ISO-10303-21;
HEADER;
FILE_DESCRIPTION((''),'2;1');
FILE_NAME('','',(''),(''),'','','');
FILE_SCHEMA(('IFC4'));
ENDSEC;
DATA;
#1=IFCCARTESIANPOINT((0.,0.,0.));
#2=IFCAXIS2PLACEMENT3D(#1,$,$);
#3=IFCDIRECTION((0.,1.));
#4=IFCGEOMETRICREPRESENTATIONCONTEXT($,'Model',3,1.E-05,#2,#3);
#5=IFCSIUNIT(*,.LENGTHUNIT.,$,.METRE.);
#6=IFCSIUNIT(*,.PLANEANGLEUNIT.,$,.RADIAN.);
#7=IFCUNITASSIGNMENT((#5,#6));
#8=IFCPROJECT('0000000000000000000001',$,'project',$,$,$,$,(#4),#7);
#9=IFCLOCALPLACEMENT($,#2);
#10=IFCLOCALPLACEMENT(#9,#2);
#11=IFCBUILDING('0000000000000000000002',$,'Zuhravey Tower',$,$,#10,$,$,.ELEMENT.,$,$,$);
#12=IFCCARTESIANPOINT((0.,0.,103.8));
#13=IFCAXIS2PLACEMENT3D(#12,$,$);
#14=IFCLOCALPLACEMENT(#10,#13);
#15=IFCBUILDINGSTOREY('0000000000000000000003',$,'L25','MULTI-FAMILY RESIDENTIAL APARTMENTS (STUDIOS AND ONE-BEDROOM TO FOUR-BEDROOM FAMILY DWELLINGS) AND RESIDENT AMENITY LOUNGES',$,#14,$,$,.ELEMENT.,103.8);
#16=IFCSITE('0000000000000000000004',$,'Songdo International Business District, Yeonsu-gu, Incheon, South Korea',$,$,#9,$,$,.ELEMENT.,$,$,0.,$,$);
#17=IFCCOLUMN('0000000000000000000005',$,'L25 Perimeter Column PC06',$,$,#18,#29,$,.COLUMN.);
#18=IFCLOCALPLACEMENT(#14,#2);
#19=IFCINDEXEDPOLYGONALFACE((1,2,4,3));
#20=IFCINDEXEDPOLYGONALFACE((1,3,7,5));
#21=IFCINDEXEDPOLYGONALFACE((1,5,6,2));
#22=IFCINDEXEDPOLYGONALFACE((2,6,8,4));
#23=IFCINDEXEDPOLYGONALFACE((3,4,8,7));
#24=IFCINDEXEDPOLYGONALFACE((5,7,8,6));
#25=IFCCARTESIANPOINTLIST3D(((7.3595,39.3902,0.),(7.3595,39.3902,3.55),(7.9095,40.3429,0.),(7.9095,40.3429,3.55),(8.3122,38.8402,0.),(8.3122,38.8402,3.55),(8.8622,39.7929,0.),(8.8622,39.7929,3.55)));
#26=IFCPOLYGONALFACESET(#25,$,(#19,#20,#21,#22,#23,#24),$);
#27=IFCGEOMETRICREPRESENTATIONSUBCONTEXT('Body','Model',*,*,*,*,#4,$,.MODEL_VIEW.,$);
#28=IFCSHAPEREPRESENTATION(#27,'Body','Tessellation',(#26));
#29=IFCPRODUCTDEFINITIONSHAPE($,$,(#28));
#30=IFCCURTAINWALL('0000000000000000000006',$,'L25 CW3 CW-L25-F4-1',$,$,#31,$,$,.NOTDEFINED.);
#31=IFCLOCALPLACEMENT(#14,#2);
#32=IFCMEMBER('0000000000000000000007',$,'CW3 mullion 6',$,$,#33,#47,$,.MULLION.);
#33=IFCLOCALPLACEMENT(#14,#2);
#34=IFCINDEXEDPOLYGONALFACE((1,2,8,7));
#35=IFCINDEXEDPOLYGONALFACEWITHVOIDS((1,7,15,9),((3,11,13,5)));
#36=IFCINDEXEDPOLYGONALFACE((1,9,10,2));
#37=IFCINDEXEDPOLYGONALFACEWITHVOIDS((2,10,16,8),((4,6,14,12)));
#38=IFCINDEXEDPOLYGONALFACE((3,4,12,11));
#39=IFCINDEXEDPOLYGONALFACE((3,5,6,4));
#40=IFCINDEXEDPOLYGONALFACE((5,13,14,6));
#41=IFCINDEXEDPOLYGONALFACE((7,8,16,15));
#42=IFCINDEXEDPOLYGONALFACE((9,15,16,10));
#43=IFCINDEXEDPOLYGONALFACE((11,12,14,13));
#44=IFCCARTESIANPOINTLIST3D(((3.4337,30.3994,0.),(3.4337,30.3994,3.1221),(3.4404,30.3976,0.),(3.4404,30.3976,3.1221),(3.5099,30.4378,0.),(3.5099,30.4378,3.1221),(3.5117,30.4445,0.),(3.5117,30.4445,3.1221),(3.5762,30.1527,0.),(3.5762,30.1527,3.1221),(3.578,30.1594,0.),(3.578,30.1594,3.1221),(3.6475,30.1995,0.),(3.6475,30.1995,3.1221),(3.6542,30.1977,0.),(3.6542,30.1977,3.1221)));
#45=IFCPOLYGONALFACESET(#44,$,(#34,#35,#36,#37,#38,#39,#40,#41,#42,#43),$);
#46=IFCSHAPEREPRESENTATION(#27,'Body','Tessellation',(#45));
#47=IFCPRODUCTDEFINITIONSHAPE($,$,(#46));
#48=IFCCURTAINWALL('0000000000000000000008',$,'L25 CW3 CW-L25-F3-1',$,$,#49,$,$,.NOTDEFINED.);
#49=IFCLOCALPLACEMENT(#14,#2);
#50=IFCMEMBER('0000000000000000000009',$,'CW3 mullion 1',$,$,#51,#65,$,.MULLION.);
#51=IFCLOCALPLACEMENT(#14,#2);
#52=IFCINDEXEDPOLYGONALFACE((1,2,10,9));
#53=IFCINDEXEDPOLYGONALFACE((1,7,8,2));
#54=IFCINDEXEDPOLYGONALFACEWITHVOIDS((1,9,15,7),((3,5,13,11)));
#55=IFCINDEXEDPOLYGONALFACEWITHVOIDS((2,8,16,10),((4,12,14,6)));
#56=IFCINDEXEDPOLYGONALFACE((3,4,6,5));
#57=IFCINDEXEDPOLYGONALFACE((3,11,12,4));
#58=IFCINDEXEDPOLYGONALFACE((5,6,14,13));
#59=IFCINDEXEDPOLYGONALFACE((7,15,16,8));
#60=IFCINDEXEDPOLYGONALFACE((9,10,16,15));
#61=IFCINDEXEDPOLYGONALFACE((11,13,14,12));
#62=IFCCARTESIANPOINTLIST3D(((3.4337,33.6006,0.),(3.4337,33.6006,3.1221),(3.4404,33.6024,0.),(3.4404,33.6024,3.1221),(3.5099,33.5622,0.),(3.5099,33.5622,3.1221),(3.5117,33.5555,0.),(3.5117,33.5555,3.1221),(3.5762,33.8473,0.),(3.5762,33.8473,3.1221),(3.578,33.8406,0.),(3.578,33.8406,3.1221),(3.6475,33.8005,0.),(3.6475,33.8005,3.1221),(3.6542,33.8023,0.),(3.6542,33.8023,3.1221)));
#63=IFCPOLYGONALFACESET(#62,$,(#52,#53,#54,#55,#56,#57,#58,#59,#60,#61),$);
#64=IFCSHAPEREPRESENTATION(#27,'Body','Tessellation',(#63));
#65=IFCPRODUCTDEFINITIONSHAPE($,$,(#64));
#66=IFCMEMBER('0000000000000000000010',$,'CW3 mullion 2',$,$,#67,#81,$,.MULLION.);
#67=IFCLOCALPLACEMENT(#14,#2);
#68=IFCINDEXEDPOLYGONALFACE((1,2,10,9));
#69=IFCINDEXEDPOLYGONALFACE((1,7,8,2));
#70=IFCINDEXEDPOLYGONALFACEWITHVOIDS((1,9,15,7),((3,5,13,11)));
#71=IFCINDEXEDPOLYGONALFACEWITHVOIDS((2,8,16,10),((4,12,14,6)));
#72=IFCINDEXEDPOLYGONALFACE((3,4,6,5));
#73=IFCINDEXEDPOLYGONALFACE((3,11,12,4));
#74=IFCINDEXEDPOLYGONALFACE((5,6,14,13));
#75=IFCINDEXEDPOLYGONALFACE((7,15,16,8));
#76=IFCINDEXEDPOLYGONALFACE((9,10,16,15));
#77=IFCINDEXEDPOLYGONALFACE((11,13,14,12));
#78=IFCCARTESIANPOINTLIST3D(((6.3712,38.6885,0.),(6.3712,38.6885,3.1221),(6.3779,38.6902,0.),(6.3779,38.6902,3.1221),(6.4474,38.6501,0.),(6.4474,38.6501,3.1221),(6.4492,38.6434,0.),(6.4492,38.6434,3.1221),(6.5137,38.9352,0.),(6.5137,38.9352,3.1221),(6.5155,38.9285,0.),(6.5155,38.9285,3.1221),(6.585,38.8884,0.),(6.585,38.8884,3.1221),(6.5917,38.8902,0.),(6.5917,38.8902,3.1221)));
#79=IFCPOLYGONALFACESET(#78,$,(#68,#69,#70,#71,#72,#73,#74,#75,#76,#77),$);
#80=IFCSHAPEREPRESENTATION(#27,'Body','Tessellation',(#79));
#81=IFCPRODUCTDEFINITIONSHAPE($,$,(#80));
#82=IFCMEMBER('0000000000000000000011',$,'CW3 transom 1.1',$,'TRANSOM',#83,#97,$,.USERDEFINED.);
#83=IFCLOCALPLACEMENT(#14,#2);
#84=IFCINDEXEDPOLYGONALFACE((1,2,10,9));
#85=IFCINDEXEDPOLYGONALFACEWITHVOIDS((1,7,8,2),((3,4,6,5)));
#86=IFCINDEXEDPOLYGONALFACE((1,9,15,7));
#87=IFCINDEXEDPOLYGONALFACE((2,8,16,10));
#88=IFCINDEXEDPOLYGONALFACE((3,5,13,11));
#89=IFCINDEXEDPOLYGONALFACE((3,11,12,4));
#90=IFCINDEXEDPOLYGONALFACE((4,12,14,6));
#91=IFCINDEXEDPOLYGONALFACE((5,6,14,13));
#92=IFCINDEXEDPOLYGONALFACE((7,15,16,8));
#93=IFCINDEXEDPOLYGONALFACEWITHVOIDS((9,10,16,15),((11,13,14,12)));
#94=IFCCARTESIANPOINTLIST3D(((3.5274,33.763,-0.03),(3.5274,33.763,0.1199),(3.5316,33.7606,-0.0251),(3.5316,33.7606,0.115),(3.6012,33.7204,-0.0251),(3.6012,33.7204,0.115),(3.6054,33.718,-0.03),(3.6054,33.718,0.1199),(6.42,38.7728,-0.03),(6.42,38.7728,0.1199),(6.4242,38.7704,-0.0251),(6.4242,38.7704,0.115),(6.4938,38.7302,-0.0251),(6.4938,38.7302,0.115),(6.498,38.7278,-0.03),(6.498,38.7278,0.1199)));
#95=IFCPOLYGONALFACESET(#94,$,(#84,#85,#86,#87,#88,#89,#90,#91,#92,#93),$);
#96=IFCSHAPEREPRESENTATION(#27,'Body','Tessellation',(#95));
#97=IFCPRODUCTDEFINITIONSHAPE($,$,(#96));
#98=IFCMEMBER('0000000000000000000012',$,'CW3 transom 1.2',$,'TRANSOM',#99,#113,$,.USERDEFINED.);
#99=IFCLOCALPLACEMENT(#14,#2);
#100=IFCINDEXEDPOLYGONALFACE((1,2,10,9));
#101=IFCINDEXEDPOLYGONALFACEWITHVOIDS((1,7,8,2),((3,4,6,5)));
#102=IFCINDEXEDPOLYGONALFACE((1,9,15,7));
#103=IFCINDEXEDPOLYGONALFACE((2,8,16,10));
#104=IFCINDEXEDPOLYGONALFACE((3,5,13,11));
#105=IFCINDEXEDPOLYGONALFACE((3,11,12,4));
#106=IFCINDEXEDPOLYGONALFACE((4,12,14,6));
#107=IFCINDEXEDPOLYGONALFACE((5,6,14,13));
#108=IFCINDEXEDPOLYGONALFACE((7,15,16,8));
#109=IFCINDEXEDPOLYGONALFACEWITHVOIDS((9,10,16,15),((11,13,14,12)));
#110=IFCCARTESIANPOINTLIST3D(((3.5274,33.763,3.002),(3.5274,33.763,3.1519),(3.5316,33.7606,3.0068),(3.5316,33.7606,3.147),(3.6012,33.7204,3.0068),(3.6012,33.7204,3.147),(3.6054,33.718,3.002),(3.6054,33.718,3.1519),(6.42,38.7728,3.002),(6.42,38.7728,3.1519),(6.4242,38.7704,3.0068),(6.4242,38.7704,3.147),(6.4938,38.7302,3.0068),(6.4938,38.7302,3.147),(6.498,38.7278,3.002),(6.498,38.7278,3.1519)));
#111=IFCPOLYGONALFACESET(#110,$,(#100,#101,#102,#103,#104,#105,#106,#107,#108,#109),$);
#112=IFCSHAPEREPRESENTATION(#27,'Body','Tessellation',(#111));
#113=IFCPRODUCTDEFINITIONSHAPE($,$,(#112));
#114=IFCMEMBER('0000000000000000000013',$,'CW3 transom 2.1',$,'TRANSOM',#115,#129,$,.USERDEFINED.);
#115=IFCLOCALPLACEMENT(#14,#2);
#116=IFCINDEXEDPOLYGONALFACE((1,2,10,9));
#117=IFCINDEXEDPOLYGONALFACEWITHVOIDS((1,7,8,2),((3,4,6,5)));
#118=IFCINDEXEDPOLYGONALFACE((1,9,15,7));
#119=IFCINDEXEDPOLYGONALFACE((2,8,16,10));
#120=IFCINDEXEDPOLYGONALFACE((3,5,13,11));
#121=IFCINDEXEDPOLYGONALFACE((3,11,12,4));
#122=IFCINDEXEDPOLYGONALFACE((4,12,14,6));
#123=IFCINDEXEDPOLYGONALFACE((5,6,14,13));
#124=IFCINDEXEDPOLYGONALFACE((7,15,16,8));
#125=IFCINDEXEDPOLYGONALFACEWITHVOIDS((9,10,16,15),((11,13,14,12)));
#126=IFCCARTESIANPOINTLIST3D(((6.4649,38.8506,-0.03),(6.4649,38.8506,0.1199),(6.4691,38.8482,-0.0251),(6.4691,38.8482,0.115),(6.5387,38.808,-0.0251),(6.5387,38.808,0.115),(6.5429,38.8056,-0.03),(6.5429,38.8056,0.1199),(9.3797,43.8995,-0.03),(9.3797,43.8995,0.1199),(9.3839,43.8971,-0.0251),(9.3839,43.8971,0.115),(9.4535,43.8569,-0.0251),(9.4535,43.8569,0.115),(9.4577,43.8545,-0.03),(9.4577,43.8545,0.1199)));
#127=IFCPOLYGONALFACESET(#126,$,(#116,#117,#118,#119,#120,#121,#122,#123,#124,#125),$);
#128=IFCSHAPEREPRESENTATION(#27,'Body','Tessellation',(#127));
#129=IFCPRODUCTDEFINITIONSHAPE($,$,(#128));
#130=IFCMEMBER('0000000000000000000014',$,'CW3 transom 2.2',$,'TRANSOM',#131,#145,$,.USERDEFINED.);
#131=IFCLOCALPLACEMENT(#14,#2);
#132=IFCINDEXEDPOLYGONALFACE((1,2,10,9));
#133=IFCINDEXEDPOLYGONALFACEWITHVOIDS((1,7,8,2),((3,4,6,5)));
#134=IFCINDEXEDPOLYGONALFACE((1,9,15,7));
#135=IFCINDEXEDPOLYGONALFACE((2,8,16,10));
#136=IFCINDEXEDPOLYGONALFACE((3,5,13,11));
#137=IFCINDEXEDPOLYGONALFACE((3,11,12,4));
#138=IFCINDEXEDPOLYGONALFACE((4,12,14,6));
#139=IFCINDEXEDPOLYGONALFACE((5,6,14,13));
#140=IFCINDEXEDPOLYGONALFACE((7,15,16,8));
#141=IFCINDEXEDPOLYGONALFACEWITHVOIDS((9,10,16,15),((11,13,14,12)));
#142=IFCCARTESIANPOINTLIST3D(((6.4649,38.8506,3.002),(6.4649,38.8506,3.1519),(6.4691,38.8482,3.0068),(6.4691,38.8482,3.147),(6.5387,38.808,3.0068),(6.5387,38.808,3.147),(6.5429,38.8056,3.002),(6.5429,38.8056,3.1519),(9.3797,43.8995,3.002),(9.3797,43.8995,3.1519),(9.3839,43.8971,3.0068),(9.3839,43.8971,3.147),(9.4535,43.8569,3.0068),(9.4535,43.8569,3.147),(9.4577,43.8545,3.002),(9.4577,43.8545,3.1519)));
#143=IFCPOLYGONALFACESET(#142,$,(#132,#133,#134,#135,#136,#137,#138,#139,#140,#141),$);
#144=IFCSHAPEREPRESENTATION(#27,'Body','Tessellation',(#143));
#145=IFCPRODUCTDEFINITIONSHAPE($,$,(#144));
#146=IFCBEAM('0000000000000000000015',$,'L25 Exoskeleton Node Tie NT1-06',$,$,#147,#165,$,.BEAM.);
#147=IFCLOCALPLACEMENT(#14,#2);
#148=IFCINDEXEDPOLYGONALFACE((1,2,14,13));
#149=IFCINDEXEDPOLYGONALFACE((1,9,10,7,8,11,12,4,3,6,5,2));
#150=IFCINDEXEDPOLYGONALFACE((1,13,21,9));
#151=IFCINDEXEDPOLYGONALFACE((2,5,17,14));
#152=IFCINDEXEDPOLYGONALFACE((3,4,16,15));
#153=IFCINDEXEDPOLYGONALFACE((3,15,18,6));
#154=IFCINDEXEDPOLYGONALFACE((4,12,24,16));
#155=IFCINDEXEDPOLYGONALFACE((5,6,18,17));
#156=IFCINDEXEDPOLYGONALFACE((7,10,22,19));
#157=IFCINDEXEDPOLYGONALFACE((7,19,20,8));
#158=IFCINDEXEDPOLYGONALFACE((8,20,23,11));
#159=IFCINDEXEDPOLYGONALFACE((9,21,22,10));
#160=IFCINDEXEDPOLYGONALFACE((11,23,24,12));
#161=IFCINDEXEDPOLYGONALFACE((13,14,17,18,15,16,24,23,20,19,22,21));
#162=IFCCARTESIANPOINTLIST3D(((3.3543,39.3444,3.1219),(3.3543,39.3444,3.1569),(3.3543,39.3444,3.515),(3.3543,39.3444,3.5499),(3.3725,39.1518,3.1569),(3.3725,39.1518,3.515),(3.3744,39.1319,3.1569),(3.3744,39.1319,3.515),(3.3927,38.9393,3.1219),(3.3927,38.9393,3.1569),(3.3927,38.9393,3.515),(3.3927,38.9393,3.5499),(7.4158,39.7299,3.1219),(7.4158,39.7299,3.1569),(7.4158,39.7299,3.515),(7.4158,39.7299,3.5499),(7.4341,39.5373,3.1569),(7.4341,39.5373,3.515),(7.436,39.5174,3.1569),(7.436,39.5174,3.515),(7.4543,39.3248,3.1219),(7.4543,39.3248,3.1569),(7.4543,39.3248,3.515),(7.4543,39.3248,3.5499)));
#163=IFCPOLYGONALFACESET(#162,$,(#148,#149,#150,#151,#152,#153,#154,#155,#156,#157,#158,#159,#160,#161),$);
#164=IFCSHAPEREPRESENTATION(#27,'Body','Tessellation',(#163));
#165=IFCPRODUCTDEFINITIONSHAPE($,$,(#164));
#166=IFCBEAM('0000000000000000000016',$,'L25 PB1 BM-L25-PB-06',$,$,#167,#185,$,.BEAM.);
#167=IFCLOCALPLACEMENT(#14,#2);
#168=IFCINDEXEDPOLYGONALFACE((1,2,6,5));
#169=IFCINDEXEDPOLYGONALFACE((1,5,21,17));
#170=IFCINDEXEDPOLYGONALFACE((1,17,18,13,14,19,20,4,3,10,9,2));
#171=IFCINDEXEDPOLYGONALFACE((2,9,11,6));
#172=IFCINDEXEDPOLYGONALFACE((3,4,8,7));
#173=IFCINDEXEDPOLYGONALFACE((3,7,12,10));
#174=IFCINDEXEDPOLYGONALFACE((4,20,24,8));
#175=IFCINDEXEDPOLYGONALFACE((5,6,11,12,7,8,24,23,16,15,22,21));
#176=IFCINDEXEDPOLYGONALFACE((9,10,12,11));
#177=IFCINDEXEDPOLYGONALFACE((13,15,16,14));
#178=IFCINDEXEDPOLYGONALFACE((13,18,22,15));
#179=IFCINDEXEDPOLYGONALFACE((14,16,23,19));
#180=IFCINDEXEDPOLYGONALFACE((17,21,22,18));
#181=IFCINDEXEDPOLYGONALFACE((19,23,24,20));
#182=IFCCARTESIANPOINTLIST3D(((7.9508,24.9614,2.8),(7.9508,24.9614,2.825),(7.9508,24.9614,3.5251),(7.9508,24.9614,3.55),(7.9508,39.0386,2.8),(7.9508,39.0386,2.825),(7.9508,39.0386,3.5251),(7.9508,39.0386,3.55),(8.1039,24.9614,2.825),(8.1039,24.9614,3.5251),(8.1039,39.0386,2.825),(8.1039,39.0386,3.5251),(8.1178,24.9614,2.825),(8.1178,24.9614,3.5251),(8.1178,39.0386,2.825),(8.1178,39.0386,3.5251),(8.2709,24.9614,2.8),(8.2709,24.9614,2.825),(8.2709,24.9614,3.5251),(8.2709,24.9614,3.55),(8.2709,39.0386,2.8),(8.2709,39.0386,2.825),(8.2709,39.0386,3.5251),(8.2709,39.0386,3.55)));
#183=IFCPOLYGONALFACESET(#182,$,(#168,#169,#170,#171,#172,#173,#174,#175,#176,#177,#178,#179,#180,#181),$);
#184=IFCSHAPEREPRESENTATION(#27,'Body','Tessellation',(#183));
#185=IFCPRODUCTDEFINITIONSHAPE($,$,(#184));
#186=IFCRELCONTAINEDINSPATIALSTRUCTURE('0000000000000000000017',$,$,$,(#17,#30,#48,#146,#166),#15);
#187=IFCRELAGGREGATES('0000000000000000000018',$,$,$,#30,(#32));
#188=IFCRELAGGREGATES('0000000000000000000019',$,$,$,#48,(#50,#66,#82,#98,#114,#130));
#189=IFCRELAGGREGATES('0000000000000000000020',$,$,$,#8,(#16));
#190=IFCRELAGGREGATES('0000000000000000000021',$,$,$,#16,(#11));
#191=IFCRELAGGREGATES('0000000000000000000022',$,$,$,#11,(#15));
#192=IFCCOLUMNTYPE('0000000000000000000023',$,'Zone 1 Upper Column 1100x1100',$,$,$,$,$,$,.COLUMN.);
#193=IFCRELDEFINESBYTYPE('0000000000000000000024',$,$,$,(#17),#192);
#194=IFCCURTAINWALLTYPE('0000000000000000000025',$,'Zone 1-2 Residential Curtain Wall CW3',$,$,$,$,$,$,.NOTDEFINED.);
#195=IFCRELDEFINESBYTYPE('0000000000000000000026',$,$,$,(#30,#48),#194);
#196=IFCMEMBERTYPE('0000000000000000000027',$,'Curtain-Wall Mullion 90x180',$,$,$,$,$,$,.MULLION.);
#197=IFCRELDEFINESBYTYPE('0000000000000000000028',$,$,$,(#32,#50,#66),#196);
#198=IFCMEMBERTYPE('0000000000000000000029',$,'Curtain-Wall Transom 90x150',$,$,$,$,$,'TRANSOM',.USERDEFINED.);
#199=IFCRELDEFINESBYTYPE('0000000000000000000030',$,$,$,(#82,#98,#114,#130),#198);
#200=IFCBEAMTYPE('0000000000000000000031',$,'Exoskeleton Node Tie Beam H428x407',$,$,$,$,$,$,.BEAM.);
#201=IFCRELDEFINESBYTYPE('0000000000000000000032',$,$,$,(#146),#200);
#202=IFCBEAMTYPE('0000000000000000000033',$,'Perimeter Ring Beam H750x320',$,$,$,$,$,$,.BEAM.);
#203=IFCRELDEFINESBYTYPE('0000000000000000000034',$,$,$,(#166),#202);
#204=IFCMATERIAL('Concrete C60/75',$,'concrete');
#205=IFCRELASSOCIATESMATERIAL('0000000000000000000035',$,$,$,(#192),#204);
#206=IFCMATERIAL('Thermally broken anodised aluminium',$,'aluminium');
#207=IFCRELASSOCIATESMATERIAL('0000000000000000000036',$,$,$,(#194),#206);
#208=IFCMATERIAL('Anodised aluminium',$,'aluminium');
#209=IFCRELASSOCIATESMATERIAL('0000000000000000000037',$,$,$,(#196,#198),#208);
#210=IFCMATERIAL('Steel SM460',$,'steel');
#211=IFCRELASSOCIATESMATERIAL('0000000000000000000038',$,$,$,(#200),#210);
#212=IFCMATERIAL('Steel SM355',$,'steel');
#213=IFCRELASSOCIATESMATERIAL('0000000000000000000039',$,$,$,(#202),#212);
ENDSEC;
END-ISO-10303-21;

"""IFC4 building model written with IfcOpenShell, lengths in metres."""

from ifc_helpers import new_model, si_unit, direction, frame, origin, origin_2d, place, context, subcontext, project, spatial, rectangle, hollow_rectangle, i_section, extrude, material, material_profile, profile_set, type_object, element, aggregate, save


model = new_model("IFC4")

# Units and contexts
model_context = context("Model", 3, precision=1e-05, world=origin(), true_north=direction((0.0, 1.0)))
body_context = subcontext(model_context, "Body", "Model", "MODEL_VIEW")
ifc_project = project(units=[si_unit("LENGTHUNIT", "METRE"), si_unit("PLANEANGLEUNIT", "RADIAN")], contexts=[model_context])

# Site, building, storey
site_placement = place(None, origin())
site = spatial("IfcSite", under=ifc_project, at=site_placement, Name="Songdo International Business District, Yeonsu-gu, Incheon, South Korea", CompositionType="ELEMENT", RefElevation=0.0)
building_placement = place(site_placement, origin())
building = spatial("IfcBuilding", under=site, at=building_placement, Name="Zuhravey Tower", CompositionType="ELEMENT")
storey_placement = place(building_placement, frame((0.0, 0.0, 103.8)))
storey = spatial("IfcBuildingStorey", under=building, at=storey_placement, Name="L25", Description="MULTI-FAMILY RESIDENTIAL APARTMENTS (STUDIOS AND ONE-BEDROOM TO FOUR-BEDROOM FAMILY DWELLINGS) AND RESIDENT AMENITY LOUNGES", CompositionType="ELEMENT", Elevation=103.8)

# Column
ifc_material_1 = material(Name="Concrete C60/75", Category="concrete")
ifc_material_profile_1 = material_profile(ifc_material_1, rectangle(XDim=1.1001, YDim=1.1001, at=origin_2d()), Name="RC-1100x1100")
ifc_profile_set_1 = profile_set([ifc_material_profile_1], Name="Concrete C60/75")
column_type = type_object("IfcColumnType", Name="Zone 1 Upper Column 1100x1100", PredefinedType="COLUMN", material=ifc_profile_set_1)
column_placement = place(storey_placement, frame((8.1108, 39.5916, 0.0), z_axis=(0.0, 0.0, 1.0), x_axis=(-0.5, -0.866025, 0.0)))
element("IfcColumn", 1, at=column_placement, inside=storey, type_object=column_type, Name="L25 Perimeter Column PC06", PredefinedType="COLUMN", context=body_context, shape_type="SweptSolid", body=[
    extrude(rectangle(XDim=1.1001, YDim=1.1001, at=origin_2d()), origin(), (0.0, 0.0, 1.0), 3.55),
])

# Curtain wall, member
ifc_material_2 = material(Name="Thermally broken anodised aluminium", Category="aluminium")
curtain_wall_type = type_object("IfcCurtainWallType", Name="Zone 1-2 Residential Curtain Wall CW3", PredefinedType="NOTDEFINED", material=ifc_material_2)
curtain_wall_1_placement = place(storey_placement, origin())
curtain_wall_1 = element("IfcCurtainWall", 2, at=curtain_wall_1_placement, inside=storey, type_object=curtain_wall_type, Name="L25 CW3 CW-L25-F4-1", PredefinedType="NOTDEFINED")
ifc_material_3 = material(Name="Anodised aluminium", Category="aluminium")
ifc_material_profile_2 = material_profile(ifc_material_3, hollow_rectangle(XDim=0.0901, YDim=0.2849, WallThickness=0.0049, at=origin_2d()), Name="ALU-RHS-90x285x5")
ifc_profile_set_2 = profile_set([ifc_material_profile_2], Name="Anodised aluminium")
member_type_1 = type_object("IfcMemberType", Name="Curtain-Wall Mullion 90x180", PredefinedType="MULLION", material=ifc_profile_set_2)
member_1_placement = place(storey_placement, frame((3.5439, 30.2986, 0.0), z_axis=(0.0, 0.0, 1.0), x_axis=(-0.866026, -0.5, 0.0)))
member_1 = element("IfcMember", 3, at=member_1_placement, type_object=member_type_1, Name="CW3 mullion 6", PredefinedType="MULLION", context=body_context, shape_type="SweptSolid", body=[
    extrude(hollow_rectangle(XDim=0.0901, YDim=0.2849, WallThickness=0.0049, at=origin_2d()), origin(), (0.0, 0.0, 1.0), 3.1221),
])
aggregate(curtain_wall_1, [member_1])

# Curtain wall, members
curtain_wall_2_placement = place(storey_placement, origin())
curtain_wall_2 = element("IfcCurtainWall", 4, at=curtain_wall_2_placement, inside=storey, type_object=curtain_wall_type, Name="L25 CW3 CW-L25-F3-1", PredefinedType="NOTDEFINED")
member_2_placement = place(storey_placement, frame((3.5439, 33.7014, 0.0), z_axis=(0.0, 0.0, 1.0), x_axis=(-0.866026, 0.5, 0.0)))
member_2 = element("IfcMember", 5, at=member_2_placement, type_object=member_type_1, Name="CW3 mullion 1", PredefinedType="MULLION", context=body_context, shape_type="SweptSolid", body=[
    extrude(hollow_rectangle(XDim=0.0901, YDim=0.2849, WallThickness=0.0049, at=origin_2d()), origin(), (0.0, 0.0, 1.0), 3.1221),
])
member_3_placement = place(storey_placement, frame((6.4814, 38.7893, 0.0), z_axis=(0.0, 0.0, 1.0), x_axis=(-0.866026, 0.5, 0.0)))
member_3 = element("IfcMember", 6, at=member_3_placement, type_object=member_type_1, Name="CW3 mullion 2", PredefinedType="MULLION", context=body_context, shape_type="SweptSolid", body=[
    extrude(hollow_rectangle(XDim=0.0901, YDim=0.2849, WallThickness=0.0049, at=origin_2d()), origin(), (0.0, 0.0, 1.0), 3.1221),
])
ifc_material_profile_3 = material_profile(ifc_material_3, hollow_rectangle(XDim=0.0901, YDim=0.1499, WallThickness=0.0049, at=origin_2d()), Name="ALU-RHS-90x150x5")
ifc_profile_set_3 = profile_set([ifc_material_profile_3], Name="Anodised aluminium")
member_type_2 = type_object("IfcMemberType", Name="Curtain-Wall Transom 90x150", ElementType="TRANSOM", PredefinedType="USERDEFINED", material=ifc_profile_set_3)
member_4_placement = place(storey_placement, frame((3.5664, 33.7405, 0.0449), z_axis=(0.500024, 0.866011, 0.0), x_axis=(-0.866011, 0.500024, 0.0)))
member_4 = element("IfcMember", 7, at=member_4_placement, type_object=member_type_2, Name="CW3 transom 1.1", ObjectType="TRANSOM", PredefinedType="USERDEFINED", context=body_context, shape_type="SweptSolid", body=[
    extrude(hollow_rectangle(XDim=0.0901, YDim=0.1499, WallThickness=0.0049, at=origin_2d()), origin(), (0.0, 0.0, 1.0), 5.7849),
])
member_5_placement = place(storey_placement, frame((3.5664, 33.7405, 3.0769), z_axis=(0.500024, 0.866011, 0.0), x_axis=(-0.866011, 0.500024, 0.0)))
member_5 = element("IfcMember", 8, at=member_5_placement, type_object=member_type_2, Name="CW3 transom 1.2", ObjectType="TRANSOM", PredefinedType="USERDEFINED", context=body_context, shape_type="SweptSolid", body=[
    extrude(hollow_rectangle(XDim=0.0901, YDim=0.1499, WallThickness=0.0049, at=origin_2d()), origin(), (0.0, 0.0, 1.0), 5.7849),
])
member_6_placement = place(storey_placement, frame((6.5039, 38.8281, 0.0449), z_axis=(0.499981, 0.866036, 0.0), x_axis=(-0.866036, 0.499981, 0.0)))
member_6 = element("IfcMember", 9, at=member_6_placement, type_object=member_type_2, Name="CW3 transom 2.1", ObjectType="TRANSOM", PredefinedType="USERDEFINED", context=body_context, shape_type="SweptSolid", body=[
    extrude(hollow_rectangle(XDim=0.0901, YDim=0.1499, WallThickness=0.0049, at=origin_2d()), origin(), (0.0, 0.0, 1.0), 5.8298),
])
member_7_placement = place(storey_placement, frame((6.5039, 38.8281, 3.0769), z_axis=(0.499981, 0.866036, 0.0), x_axis=(-0.866036, 0.499981, 0.0)))
member_7 = element("IfcMember", 10, at=member_7_placement, type_object=member_type_2, Name="CW3 transom 2.2", ObjectType="TRANSOM", PredefinedType="USERDEFINED", context=body_context, shape_type="SweptSolid", body=[
    extrude(hollow_rectangle(XDim=0.0901, YDim=0.1499, WallThickness=0.0049, at=origin_2d()), origin(), (0.0, 0.0, 1.0), 5.8298),
])

# Beams
ifc_material_4 = material(Name="Steel SM460", Category="steel")
ifc_material_profile_4 = material_profile(ifc_material_4, i_section(OverallWidth=0.407, OverallDepth=0.428, WebThickness=0.02, FlangeThickness=0.0349, at=origin_2d()), Name="H-428x407x20x35")
ifc_profile_set_4 = profile_set([ifc_material_profile_4], Name="Steel SM460")
beam_type_1 = type_object("IfcBeamType", Name="Exoskeleton Node Tie Beam H428x407", PredefinedType="BEAM", material=ifc_profile_set_4)
beam_1_placement = place(storey_placement, frame((7.4351, 39.5273, 3.3359), z_axis=(-0.995526, -0.09449, 0.0), x_axis=(0.09449, -0.995526, 0.0)))
element("IfcBeam", 11, at=beam_1_placement, inside=storey, type_object=beam_type_1, Name="L25 Exoskeleton Node Tie NT1-06", PredefinedType="BEAM", context=body_context, shape_type="SweptSolid", body=[
    extrude(i_section(OverallWidth=0.407, OverallDepth=0.428, WebThickness=0.02, FlangeThickness=0.0349, at=origin_2d()), origin(), (0.0, 0.0, 1.0), 4.0798),
])
ifc_material_5 = material(Name="Steel SM355", Category="steel")
ifc_material_profile_5 = material_profile(ifc_material_5, i_section(OverallWidth=0.3201, OverallDepth=0.75, WebThickness=0.0139, FlangeThickness=0.0249, at=origin_2d()), Name="H-750x320x14x25")
ifc_profile_set_5 = profile_set([ifc_material_profile_5], Name="Steel SM355")
beam_type_2 = type_object("IfcBeamType", Name="Perimeter Ring Beam H750x320", PredefinedType="BEAM", material=ifc_profile_set_5)
beam_2_placement = place(storey_placement, frame((8.1108, 39.0386, 3.175), z_axis=(0.0, -1.0, 0.0), x_axis=(1.0, 0.0, 0.0)))
element("IfcBeam", 12, at=beam_2_placement, inside=storey, type_object=beam_type_2, Name="L25 PB1 BM-L25-PB-06", PredefinedType="BEAM", context=body_context, shape_type="SweptSolid", body=[
    extrude(i_section(OverallWidth=0.3201, OverallDepth=0.75, WebThickness=0.0139, FlangeThickness=0.0249, at=origin_2d()), origin(), (0.0, 0.0, 1.0), 14.0771),
])

aggregate(curtain_wall_2, [member_2, member_3, member_4, member_5, member_6, member_7])

save(model, "model.ifc")
